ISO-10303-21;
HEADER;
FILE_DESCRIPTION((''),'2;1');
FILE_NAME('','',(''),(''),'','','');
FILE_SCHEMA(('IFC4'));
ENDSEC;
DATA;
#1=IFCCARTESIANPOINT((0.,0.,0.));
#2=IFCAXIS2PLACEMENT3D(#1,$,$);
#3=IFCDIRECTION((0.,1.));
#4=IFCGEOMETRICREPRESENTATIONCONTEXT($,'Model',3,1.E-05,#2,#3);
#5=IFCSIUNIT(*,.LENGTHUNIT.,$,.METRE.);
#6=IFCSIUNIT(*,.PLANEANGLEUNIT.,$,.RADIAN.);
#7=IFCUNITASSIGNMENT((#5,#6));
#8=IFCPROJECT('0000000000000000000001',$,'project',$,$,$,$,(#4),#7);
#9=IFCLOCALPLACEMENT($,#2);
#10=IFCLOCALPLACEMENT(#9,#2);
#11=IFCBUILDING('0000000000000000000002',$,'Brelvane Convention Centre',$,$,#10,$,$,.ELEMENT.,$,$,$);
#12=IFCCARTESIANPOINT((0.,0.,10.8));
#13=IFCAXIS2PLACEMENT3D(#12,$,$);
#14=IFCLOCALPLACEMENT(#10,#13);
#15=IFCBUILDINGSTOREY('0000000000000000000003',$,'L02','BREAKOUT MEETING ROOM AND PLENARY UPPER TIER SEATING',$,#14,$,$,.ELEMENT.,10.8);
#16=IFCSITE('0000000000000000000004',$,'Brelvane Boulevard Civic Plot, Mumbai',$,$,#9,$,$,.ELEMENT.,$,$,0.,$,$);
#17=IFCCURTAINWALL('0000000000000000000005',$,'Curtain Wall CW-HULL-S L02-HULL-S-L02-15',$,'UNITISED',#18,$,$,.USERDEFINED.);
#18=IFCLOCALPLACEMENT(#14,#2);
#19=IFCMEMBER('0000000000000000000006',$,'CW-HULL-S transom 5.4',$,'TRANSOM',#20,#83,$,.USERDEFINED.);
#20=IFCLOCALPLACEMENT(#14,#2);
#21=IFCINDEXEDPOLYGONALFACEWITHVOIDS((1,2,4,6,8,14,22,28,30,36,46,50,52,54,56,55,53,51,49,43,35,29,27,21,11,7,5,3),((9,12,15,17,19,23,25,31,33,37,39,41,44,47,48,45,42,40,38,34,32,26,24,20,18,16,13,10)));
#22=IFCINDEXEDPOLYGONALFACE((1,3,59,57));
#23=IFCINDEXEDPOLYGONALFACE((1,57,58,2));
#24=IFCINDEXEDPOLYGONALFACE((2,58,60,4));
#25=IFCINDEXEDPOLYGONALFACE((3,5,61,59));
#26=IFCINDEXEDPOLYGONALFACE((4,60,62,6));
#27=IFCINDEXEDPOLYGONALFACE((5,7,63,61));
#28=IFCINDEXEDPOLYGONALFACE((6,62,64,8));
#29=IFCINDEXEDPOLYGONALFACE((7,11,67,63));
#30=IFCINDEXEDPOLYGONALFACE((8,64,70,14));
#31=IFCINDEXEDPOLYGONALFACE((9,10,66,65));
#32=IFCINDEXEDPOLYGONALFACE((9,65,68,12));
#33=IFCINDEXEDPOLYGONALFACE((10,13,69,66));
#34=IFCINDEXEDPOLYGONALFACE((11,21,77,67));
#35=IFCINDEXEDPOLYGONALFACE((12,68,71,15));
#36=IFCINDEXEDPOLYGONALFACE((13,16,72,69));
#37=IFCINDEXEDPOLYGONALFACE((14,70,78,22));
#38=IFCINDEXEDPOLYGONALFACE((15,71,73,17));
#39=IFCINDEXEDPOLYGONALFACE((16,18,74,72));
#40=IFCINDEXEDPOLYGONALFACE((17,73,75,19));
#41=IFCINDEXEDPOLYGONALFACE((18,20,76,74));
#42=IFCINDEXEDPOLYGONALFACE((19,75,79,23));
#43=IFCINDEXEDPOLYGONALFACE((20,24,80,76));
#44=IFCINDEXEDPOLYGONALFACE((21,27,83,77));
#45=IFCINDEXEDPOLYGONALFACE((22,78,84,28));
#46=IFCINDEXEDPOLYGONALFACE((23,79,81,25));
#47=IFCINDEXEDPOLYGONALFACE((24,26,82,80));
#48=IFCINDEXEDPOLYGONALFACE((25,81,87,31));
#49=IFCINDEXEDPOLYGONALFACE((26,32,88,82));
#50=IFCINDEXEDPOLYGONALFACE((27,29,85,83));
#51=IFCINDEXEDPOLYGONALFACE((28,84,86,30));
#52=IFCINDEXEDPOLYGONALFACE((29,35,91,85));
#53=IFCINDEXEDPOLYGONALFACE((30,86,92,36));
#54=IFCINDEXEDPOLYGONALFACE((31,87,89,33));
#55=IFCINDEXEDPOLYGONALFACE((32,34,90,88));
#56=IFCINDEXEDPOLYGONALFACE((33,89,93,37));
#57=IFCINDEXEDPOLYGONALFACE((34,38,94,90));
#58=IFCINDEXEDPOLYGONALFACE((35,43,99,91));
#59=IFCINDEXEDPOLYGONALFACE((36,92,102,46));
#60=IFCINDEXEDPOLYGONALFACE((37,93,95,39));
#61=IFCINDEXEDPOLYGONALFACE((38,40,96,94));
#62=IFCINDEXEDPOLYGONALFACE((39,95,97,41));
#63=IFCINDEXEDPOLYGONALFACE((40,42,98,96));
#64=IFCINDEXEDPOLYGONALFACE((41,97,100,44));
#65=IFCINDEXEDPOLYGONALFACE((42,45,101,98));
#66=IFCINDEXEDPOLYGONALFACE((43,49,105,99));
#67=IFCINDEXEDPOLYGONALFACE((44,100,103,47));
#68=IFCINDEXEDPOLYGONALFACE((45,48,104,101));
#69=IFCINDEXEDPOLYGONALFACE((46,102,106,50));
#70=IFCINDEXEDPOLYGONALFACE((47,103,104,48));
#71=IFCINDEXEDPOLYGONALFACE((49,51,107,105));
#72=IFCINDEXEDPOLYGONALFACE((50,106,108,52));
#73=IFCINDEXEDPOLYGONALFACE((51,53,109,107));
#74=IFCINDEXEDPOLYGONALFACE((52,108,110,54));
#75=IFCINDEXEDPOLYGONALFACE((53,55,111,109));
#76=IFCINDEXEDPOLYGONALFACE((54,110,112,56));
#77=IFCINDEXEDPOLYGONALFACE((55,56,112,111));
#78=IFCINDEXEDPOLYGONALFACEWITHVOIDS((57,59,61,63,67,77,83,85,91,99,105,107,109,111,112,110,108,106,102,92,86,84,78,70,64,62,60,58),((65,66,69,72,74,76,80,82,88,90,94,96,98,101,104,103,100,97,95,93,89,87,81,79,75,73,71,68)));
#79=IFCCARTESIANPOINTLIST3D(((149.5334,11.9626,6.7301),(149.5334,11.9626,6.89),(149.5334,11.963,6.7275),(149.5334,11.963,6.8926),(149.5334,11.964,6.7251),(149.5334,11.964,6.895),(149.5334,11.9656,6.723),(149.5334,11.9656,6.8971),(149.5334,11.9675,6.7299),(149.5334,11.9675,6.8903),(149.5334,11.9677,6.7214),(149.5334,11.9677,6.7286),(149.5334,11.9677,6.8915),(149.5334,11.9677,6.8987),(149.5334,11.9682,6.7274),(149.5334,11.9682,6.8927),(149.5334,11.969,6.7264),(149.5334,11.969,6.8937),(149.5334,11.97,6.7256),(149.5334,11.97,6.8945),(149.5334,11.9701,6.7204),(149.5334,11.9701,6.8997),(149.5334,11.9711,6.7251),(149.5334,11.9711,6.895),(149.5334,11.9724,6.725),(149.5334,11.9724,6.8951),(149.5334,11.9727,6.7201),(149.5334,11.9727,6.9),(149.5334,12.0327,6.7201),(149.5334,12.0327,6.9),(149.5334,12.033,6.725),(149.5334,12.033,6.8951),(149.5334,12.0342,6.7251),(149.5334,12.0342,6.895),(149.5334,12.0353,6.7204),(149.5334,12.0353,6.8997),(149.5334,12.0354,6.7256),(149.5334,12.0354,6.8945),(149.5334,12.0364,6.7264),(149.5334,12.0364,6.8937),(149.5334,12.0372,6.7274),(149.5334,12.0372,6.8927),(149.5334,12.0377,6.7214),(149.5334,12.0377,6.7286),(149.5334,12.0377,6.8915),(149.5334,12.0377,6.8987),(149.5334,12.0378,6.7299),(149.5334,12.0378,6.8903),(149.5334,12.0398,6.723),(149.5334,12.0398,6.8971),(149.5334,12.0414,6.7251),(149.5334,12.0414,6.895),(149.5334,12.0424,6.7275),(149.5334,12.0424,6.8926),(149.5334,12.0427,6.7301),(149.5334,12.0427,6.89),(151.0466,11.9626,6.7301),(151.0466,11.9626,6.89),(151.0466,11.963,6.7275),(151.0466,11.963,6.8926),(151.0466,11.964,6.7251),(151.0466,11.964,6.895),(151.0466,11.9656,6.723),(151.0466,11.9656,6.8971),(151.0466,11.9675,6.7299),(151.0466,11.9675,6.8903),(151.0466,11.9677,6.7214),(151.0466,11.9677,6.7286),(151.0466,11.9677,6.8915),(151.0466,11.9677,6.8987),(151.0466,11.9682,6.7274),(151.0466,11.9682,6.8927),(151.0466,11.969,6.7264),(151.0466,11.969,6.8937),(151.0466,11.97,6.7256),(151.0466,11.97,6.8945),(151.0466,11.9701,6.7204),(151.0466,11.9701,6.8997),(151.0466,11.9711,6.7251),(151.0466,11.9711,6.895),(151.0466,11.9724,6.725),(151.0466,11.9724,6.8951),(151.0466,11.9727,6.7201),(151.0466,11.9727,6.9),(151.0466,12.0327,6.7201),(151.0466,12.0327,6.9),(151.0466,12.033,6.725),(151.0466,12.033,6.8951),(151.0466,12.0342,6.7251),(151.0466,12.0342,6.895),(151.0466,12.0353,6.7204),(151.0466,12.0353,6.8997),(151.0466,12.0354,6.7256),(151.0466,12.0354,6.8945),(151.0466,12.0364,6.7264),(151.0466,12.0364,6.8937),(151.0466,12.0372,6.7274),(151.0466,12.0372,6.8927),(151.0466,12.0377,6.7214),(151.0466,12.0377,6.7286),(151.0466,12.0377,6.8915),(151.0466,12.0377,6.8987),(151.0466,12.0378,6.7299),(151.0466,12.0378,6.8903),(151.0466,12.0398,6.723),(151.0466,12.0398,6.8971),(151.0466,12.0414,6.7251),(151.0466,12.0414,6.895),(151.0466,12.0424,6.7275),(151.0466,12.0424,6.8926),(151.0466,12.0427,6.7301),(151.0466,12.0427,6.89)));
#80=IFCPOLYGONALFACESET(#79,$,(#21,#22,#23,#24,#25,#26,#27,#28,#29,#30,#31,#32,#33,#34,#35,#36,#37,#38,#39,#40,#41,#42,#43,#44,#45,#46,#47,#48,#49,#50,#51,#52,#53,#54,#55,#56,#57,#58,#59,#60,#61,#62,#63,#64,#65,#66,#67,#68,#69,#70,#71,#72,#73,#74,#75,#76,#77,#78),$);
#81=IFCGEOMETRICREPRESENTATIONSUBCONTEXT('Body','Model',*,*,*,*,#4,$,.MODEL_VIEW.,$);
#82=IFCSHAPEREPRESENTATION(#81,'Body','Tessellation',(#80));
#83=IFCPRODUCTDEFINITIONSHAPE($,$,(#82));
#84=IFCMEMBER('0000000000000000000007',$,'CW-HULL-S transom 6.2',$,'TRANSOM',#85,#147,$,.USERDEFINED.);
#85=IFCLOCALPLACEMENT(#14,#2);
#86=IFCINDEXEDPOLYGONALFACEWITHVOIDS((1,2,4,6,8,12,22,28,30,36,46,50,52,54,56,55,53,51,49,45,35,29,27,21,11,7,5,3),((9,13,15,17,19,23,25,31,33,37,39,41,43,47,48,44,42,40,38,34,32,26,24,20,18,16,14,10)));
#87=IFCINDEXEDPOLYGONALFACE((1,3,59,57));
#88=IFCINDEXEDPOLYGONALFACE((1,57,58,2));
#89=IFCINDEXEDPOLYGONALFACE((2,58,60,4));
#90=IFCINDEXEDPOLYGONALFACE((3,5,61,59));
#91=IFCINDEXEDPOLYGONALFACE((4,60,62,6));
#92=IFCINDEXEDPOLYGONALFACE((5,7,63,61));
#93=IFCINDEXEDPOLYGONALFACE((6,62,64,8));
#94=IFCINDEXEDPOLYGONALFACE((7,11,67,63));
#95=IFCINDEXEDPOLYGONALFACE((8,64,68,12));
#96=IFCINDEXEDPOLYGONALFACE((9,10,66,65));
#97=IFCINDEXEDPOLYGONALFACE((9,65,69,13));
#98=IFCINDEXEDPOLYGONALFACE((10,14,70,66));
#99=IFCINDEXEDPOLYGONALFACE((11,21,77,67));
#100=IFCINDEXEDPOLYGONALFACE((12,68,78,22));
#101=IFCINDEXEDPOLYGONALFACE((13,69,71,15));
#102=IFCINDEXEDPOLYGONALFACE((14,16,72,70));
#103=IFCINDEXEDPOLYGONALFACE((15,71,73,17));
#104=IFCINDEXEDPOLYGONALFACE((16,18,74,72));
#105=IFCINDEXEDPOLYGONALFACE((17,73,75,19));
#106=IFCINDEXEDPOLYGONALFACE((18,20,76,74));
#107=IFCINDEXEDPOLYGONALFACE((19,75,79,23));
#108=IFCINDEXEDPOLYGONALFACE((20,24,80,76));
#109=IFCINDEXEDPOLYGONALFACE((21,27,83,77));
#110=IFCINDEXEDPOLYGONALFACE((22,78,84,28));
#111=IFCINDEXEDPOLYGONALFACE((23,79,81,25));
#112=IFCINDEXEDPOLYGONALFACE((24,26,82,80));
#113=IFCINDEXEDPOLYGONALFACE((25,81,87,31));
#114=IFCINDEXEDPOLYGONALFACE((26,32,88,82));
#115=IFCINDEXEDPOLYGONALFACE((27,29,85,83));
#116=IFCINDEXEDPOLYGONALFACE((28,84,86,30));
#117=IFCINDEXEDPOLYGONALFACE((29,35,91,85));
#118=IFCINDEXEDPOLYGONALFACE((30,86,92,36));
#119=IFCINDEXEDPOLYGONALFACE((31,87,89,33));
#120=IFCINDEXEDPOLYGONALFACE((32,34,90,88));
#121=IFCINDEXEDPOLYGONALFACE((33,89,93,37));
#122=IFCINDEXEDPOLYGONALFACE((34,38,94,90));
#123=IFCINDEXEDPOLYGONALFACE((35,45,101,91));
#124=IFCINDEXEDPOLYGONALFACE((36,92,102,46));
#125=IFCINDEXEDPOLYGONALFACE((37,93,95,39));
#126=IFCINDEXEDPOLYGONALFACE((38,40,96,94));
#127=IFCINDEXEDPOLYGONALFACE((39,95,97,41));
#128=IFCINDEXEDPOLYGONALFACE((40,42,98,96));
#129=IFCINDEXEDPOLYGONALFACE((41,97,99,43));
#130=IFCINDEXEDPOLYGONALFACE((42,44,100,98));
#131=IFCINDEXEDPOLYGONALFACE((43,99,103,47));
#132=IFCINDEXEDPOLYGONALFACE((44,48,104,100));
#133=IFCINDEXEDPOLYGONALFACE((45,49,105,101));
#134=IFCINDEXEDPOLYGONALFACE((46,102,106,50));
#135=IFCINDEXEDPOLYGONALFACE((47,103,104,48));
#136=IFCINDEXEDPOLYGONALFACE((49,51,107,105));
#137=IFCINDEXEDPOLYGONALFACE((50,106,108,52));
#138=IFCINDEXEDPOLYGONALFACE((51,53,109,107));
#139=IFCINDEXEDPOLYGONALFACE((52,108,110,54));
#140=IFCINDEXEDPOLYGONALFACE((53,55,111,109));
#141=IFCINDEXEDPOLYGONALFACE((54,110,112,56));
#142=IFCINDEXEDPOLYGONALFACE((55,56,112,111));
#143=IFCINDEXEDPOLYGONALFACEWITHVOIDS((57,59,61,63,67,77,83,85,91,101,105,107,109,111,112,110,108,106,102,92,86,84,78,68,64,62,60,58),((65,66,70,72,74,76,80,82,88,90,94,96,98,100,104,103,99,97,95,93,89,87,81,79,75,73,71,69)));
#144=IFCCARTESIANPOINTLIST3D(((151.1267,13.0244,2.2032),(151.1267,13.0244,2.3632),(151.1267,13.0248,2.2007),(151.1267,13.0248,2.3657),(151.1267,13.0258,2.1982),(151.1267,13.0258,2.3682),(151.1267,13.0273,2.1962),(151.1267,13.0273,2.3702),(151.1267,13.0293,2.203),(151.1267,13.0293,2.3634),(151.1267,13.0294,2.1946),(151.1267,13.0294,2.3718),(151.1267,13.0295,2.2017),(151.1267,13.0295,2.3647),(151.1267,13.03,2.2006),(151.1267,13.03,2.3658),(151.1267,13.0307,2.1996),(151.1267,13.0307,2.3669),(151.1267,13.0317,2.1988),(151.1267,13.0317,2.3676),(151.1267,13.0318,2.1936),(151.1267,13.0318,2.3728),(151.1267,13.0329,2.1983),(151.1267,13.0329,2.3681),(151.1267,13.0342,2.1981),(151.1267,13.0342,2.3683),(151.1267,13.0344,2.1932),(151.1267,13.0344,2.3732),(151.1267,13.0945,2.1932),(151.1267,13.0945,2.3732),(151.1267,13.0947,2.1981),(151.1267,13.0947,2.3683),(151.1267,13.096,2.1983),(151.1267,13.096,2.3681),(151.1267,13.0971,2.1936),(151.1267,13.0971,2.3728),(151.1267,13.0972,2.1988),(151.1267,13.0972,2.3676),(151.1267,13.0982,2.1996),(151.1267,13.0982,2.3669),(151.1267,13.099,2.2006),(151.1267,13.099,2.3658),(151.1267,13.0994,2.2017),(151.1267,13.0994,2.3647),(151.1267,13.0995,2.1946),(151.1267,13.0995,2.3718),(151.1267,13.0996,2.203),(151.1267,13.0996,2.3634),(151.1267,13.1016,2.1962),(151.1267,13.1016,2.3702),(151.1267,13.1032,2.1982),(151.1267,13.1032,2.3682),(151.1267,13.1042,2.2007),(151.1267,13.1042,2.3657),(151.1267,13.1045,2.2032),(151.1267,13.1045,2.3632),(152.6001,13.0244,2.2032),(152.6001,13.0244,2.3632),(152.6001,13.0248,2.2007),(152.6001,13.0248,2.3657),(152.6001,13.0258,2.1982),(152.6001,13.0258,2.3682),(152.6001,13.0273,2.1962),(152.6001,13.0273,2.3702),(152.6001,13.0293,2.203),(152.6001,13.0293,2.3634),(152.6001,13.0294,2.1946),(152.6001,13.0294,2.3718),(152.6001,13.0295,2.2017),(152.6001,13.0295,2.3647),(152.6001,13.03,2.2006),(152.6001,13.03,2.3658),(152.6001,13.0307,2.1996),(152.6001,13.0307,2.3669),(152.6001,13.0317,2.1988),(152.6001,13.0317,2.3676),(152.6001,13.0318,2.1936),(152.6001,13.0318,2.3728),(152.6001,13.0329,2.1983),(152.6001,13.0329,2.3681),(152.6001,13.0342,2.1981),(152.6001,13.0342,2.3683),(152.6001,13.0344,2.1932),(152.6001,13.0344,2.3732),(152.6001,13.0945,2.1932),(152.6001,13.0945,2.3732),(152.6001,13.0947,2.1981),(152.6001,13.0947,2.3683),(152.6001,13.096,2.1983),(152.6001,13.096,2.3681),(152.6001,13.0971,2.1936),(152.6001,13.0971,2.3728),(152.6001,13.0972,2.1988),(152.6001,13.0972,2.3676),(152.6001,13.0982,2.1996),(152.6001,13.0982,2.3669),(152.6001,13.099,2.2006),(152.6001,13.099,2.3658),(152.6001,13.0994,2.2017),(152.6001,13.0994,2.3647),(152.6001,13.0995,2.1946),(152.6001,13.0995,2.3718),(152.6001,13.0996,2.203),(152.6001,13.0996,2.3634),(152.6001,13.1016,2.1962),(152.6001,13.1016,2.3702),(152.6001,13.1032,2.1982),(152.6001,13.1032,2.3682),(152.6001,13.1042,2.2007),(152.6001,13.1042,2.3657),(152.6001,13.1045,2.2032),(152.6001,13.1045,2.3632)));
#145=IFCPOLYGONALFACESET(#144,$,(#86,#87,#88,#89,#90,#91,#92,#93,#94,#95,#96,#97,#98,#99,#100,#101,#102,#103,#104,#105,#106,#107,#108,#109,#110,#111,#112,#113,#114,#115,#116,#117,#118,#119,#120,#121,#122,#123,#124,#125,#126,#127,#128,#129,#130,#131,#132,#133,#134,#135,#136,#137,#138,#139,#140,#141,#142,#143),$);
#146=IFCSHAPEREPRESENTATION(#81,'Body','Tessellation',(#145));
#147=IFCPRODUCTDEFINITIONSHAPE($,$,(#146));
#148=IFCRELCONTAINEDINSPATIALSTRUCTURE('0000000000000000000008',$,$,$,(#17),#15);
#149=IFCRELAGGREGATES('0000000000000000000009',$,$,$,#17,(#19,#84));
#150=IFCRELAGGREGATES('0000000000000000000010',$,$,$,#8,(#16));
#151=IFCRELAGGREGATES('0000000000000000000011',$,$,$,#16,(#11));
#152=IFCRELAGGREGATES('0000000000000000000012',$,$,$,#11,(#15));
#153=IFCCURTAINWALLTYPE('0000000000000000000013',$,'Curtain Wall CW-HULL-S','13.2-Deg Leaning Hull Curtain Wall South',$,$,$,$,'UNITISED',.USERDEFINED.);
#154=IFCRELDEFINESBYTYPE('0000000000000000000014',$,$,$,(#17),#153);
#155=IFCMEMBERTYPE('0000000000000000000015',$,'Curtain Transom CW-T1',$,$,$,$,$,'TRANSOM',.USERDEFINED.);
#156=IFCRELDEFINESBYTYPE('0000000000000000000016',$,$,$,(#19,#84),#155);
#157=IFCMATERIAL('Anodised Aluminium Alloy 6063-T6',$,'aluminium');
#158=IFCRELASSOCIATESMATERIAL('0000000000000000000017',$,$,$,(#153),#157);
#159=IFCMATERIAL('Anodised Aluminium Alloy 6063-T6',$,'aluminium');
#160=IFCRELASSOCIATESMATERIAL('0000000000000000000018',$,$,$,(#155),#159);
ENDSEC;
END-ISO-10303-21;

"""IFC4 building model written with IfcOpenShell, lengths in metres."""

from ifc_helpers import new_model, si_unit, direction, frame, origin, origin_2d, place, context, subcontext, project, spatial, hollow_rectangle, extrude, material, material_profile, profile_set, type_object, element, aggregate, save


model = new_model("IFC4")

# Units and contexts
model_context = context("Model", 3, precision=1e-05, world=origin(), true_north=direction((0.0, 1.0)))
body_context = subcontext(model_context, "Body", "Model", "MODEL_VIEW")
ifc_project = project(units=[si_unit("LENGTHUNIT", "METRE"), si_unit("PLANEANGLEUNIT", "RADIAN")], contexts=[model_context])

# Site, building, storey
site_placement = place(None, origin())
site = spatial("IfcSite", under=ifc_project, at=site_placement, Name="Brelvane Boulevard Civic Plot, Mumbai", CompositionType="ELEMENT", RefElevation=0.0)
building_placement = place(site_placement, origin())
building = spatial("IfcBuilding", under=site, at=building_placement, Name="Brelvane Convention Centre", CompositionType="ELEMENT")
storey_placement = place(building_placement, frame((0.0, 0.0, 10.8)))
storey = spatial("IfcBuildingStorey", under=building, at=storey_placement, Name="L02", Description="BREAKOUT MEETING ROOM AND PLENARY UPPER TIER SEATING", CompositionType="ELEMENT", Elevation=10.8)

# Curtain wall, members
ifc_material_1 = material(Name="Anodised Aluminium Alloy 6063-T6", Category="aluminium")
curtain_wall_type = type_object("IfcCurtainWallType", Name="Curtain Wall CW-HULL-S", Description="13.2-Deg Leaning Hull Curtain Wall South", ElementType="UNITISED", PredefinedType="USERDEFINED", material=ifc_material_1)
curtain_wall_1_placement = place(storey_placement, origin())
curtain_wall_1 = element("IfcCurtainWall", 1, at=curtain_wall_1_placement, inside=storey, type_object=curtain_wall_type, Name="Curtain Wall CW-HULL-S L02-HULL-S-L02-15", ObjectType="UNITISED", PredefinedType="USERDEFINED")
ifc_material_2 = material(Name="Anodised Aluminium Alloy 6063-T6", Category="aluminium")
ifc_material_profile = material_profile(ifc_material_2, hollow_rectangle(XDim=0.0801, YDim=0.1799, WallThickness=0.0049, InnerFilletRadius=0.0049, OuterFilletRadius=0.01, at=origin_2d()), Name="ALU-T 180x80x5.0")
ifc_profile_set = profile_set([ifc_material_profile], Name="Anodised Aluminium Alloy 6063-T6")
member_type = type_object("IfcMemberType", Name="Curtain Transom CW-T1", ElementType="TRANSOM", PredefinedType="USERDEFINED", material=ifc_profile_set)
member_1_placement = place(storey_placement, frame((149.5334, 12.0027, 6.8101), z_axis=(1.0, 0.0, 0.0), x_axis=(0.0, 1.0, 0.0)))
member_1 = element("IfcMember", 2, at=member_1_placement, type_object=member_type, Name="CW-HULL-S transom 5.4", ObjectType="TRANSOM", PredefinedType="USERDEFINED", context=body_context, shape_type="SweptSolid", body=[
    extrude(hollow_rectangle(XDim=0.0801, YDim=0.1799, WallThickness=0.0049, InnerFilletRadius=0.0049, OuterFilletRadius=0.01, at=origin_2d()), origin(), (0.0, 0.0, 1.0), 1.5132),
])
member_2_placement = place(storey_placement, frame((151.1267, 13.0645, 2.2832), z_axis=(1.0, 0.0, 0.0), x_axis=(0.0, 1.0, 0.0)))
member_2 = element("IfcMember", 3, at=member_2_placement, type_object=member_type, Name="CW-HULL-S transom 6.2", ObjectType="TRANSOM", PredefinedType="USERDEFINED", context=body_context, shape_type="SweptSolid", body=[
    extrude(hollow_rectangle(XDim=0.0801, YDim=0.1799, WallThickness=0.0049, InnerFilletRadius=0.0049, OuterFilletRadius=0.01, at=origin_2d()), origin(), (0.0, 0.0, 1.0), 1.4734),
])

aggregate(curtain_wall_1, [member_1, member_2])

save(model, "model.ifc")
